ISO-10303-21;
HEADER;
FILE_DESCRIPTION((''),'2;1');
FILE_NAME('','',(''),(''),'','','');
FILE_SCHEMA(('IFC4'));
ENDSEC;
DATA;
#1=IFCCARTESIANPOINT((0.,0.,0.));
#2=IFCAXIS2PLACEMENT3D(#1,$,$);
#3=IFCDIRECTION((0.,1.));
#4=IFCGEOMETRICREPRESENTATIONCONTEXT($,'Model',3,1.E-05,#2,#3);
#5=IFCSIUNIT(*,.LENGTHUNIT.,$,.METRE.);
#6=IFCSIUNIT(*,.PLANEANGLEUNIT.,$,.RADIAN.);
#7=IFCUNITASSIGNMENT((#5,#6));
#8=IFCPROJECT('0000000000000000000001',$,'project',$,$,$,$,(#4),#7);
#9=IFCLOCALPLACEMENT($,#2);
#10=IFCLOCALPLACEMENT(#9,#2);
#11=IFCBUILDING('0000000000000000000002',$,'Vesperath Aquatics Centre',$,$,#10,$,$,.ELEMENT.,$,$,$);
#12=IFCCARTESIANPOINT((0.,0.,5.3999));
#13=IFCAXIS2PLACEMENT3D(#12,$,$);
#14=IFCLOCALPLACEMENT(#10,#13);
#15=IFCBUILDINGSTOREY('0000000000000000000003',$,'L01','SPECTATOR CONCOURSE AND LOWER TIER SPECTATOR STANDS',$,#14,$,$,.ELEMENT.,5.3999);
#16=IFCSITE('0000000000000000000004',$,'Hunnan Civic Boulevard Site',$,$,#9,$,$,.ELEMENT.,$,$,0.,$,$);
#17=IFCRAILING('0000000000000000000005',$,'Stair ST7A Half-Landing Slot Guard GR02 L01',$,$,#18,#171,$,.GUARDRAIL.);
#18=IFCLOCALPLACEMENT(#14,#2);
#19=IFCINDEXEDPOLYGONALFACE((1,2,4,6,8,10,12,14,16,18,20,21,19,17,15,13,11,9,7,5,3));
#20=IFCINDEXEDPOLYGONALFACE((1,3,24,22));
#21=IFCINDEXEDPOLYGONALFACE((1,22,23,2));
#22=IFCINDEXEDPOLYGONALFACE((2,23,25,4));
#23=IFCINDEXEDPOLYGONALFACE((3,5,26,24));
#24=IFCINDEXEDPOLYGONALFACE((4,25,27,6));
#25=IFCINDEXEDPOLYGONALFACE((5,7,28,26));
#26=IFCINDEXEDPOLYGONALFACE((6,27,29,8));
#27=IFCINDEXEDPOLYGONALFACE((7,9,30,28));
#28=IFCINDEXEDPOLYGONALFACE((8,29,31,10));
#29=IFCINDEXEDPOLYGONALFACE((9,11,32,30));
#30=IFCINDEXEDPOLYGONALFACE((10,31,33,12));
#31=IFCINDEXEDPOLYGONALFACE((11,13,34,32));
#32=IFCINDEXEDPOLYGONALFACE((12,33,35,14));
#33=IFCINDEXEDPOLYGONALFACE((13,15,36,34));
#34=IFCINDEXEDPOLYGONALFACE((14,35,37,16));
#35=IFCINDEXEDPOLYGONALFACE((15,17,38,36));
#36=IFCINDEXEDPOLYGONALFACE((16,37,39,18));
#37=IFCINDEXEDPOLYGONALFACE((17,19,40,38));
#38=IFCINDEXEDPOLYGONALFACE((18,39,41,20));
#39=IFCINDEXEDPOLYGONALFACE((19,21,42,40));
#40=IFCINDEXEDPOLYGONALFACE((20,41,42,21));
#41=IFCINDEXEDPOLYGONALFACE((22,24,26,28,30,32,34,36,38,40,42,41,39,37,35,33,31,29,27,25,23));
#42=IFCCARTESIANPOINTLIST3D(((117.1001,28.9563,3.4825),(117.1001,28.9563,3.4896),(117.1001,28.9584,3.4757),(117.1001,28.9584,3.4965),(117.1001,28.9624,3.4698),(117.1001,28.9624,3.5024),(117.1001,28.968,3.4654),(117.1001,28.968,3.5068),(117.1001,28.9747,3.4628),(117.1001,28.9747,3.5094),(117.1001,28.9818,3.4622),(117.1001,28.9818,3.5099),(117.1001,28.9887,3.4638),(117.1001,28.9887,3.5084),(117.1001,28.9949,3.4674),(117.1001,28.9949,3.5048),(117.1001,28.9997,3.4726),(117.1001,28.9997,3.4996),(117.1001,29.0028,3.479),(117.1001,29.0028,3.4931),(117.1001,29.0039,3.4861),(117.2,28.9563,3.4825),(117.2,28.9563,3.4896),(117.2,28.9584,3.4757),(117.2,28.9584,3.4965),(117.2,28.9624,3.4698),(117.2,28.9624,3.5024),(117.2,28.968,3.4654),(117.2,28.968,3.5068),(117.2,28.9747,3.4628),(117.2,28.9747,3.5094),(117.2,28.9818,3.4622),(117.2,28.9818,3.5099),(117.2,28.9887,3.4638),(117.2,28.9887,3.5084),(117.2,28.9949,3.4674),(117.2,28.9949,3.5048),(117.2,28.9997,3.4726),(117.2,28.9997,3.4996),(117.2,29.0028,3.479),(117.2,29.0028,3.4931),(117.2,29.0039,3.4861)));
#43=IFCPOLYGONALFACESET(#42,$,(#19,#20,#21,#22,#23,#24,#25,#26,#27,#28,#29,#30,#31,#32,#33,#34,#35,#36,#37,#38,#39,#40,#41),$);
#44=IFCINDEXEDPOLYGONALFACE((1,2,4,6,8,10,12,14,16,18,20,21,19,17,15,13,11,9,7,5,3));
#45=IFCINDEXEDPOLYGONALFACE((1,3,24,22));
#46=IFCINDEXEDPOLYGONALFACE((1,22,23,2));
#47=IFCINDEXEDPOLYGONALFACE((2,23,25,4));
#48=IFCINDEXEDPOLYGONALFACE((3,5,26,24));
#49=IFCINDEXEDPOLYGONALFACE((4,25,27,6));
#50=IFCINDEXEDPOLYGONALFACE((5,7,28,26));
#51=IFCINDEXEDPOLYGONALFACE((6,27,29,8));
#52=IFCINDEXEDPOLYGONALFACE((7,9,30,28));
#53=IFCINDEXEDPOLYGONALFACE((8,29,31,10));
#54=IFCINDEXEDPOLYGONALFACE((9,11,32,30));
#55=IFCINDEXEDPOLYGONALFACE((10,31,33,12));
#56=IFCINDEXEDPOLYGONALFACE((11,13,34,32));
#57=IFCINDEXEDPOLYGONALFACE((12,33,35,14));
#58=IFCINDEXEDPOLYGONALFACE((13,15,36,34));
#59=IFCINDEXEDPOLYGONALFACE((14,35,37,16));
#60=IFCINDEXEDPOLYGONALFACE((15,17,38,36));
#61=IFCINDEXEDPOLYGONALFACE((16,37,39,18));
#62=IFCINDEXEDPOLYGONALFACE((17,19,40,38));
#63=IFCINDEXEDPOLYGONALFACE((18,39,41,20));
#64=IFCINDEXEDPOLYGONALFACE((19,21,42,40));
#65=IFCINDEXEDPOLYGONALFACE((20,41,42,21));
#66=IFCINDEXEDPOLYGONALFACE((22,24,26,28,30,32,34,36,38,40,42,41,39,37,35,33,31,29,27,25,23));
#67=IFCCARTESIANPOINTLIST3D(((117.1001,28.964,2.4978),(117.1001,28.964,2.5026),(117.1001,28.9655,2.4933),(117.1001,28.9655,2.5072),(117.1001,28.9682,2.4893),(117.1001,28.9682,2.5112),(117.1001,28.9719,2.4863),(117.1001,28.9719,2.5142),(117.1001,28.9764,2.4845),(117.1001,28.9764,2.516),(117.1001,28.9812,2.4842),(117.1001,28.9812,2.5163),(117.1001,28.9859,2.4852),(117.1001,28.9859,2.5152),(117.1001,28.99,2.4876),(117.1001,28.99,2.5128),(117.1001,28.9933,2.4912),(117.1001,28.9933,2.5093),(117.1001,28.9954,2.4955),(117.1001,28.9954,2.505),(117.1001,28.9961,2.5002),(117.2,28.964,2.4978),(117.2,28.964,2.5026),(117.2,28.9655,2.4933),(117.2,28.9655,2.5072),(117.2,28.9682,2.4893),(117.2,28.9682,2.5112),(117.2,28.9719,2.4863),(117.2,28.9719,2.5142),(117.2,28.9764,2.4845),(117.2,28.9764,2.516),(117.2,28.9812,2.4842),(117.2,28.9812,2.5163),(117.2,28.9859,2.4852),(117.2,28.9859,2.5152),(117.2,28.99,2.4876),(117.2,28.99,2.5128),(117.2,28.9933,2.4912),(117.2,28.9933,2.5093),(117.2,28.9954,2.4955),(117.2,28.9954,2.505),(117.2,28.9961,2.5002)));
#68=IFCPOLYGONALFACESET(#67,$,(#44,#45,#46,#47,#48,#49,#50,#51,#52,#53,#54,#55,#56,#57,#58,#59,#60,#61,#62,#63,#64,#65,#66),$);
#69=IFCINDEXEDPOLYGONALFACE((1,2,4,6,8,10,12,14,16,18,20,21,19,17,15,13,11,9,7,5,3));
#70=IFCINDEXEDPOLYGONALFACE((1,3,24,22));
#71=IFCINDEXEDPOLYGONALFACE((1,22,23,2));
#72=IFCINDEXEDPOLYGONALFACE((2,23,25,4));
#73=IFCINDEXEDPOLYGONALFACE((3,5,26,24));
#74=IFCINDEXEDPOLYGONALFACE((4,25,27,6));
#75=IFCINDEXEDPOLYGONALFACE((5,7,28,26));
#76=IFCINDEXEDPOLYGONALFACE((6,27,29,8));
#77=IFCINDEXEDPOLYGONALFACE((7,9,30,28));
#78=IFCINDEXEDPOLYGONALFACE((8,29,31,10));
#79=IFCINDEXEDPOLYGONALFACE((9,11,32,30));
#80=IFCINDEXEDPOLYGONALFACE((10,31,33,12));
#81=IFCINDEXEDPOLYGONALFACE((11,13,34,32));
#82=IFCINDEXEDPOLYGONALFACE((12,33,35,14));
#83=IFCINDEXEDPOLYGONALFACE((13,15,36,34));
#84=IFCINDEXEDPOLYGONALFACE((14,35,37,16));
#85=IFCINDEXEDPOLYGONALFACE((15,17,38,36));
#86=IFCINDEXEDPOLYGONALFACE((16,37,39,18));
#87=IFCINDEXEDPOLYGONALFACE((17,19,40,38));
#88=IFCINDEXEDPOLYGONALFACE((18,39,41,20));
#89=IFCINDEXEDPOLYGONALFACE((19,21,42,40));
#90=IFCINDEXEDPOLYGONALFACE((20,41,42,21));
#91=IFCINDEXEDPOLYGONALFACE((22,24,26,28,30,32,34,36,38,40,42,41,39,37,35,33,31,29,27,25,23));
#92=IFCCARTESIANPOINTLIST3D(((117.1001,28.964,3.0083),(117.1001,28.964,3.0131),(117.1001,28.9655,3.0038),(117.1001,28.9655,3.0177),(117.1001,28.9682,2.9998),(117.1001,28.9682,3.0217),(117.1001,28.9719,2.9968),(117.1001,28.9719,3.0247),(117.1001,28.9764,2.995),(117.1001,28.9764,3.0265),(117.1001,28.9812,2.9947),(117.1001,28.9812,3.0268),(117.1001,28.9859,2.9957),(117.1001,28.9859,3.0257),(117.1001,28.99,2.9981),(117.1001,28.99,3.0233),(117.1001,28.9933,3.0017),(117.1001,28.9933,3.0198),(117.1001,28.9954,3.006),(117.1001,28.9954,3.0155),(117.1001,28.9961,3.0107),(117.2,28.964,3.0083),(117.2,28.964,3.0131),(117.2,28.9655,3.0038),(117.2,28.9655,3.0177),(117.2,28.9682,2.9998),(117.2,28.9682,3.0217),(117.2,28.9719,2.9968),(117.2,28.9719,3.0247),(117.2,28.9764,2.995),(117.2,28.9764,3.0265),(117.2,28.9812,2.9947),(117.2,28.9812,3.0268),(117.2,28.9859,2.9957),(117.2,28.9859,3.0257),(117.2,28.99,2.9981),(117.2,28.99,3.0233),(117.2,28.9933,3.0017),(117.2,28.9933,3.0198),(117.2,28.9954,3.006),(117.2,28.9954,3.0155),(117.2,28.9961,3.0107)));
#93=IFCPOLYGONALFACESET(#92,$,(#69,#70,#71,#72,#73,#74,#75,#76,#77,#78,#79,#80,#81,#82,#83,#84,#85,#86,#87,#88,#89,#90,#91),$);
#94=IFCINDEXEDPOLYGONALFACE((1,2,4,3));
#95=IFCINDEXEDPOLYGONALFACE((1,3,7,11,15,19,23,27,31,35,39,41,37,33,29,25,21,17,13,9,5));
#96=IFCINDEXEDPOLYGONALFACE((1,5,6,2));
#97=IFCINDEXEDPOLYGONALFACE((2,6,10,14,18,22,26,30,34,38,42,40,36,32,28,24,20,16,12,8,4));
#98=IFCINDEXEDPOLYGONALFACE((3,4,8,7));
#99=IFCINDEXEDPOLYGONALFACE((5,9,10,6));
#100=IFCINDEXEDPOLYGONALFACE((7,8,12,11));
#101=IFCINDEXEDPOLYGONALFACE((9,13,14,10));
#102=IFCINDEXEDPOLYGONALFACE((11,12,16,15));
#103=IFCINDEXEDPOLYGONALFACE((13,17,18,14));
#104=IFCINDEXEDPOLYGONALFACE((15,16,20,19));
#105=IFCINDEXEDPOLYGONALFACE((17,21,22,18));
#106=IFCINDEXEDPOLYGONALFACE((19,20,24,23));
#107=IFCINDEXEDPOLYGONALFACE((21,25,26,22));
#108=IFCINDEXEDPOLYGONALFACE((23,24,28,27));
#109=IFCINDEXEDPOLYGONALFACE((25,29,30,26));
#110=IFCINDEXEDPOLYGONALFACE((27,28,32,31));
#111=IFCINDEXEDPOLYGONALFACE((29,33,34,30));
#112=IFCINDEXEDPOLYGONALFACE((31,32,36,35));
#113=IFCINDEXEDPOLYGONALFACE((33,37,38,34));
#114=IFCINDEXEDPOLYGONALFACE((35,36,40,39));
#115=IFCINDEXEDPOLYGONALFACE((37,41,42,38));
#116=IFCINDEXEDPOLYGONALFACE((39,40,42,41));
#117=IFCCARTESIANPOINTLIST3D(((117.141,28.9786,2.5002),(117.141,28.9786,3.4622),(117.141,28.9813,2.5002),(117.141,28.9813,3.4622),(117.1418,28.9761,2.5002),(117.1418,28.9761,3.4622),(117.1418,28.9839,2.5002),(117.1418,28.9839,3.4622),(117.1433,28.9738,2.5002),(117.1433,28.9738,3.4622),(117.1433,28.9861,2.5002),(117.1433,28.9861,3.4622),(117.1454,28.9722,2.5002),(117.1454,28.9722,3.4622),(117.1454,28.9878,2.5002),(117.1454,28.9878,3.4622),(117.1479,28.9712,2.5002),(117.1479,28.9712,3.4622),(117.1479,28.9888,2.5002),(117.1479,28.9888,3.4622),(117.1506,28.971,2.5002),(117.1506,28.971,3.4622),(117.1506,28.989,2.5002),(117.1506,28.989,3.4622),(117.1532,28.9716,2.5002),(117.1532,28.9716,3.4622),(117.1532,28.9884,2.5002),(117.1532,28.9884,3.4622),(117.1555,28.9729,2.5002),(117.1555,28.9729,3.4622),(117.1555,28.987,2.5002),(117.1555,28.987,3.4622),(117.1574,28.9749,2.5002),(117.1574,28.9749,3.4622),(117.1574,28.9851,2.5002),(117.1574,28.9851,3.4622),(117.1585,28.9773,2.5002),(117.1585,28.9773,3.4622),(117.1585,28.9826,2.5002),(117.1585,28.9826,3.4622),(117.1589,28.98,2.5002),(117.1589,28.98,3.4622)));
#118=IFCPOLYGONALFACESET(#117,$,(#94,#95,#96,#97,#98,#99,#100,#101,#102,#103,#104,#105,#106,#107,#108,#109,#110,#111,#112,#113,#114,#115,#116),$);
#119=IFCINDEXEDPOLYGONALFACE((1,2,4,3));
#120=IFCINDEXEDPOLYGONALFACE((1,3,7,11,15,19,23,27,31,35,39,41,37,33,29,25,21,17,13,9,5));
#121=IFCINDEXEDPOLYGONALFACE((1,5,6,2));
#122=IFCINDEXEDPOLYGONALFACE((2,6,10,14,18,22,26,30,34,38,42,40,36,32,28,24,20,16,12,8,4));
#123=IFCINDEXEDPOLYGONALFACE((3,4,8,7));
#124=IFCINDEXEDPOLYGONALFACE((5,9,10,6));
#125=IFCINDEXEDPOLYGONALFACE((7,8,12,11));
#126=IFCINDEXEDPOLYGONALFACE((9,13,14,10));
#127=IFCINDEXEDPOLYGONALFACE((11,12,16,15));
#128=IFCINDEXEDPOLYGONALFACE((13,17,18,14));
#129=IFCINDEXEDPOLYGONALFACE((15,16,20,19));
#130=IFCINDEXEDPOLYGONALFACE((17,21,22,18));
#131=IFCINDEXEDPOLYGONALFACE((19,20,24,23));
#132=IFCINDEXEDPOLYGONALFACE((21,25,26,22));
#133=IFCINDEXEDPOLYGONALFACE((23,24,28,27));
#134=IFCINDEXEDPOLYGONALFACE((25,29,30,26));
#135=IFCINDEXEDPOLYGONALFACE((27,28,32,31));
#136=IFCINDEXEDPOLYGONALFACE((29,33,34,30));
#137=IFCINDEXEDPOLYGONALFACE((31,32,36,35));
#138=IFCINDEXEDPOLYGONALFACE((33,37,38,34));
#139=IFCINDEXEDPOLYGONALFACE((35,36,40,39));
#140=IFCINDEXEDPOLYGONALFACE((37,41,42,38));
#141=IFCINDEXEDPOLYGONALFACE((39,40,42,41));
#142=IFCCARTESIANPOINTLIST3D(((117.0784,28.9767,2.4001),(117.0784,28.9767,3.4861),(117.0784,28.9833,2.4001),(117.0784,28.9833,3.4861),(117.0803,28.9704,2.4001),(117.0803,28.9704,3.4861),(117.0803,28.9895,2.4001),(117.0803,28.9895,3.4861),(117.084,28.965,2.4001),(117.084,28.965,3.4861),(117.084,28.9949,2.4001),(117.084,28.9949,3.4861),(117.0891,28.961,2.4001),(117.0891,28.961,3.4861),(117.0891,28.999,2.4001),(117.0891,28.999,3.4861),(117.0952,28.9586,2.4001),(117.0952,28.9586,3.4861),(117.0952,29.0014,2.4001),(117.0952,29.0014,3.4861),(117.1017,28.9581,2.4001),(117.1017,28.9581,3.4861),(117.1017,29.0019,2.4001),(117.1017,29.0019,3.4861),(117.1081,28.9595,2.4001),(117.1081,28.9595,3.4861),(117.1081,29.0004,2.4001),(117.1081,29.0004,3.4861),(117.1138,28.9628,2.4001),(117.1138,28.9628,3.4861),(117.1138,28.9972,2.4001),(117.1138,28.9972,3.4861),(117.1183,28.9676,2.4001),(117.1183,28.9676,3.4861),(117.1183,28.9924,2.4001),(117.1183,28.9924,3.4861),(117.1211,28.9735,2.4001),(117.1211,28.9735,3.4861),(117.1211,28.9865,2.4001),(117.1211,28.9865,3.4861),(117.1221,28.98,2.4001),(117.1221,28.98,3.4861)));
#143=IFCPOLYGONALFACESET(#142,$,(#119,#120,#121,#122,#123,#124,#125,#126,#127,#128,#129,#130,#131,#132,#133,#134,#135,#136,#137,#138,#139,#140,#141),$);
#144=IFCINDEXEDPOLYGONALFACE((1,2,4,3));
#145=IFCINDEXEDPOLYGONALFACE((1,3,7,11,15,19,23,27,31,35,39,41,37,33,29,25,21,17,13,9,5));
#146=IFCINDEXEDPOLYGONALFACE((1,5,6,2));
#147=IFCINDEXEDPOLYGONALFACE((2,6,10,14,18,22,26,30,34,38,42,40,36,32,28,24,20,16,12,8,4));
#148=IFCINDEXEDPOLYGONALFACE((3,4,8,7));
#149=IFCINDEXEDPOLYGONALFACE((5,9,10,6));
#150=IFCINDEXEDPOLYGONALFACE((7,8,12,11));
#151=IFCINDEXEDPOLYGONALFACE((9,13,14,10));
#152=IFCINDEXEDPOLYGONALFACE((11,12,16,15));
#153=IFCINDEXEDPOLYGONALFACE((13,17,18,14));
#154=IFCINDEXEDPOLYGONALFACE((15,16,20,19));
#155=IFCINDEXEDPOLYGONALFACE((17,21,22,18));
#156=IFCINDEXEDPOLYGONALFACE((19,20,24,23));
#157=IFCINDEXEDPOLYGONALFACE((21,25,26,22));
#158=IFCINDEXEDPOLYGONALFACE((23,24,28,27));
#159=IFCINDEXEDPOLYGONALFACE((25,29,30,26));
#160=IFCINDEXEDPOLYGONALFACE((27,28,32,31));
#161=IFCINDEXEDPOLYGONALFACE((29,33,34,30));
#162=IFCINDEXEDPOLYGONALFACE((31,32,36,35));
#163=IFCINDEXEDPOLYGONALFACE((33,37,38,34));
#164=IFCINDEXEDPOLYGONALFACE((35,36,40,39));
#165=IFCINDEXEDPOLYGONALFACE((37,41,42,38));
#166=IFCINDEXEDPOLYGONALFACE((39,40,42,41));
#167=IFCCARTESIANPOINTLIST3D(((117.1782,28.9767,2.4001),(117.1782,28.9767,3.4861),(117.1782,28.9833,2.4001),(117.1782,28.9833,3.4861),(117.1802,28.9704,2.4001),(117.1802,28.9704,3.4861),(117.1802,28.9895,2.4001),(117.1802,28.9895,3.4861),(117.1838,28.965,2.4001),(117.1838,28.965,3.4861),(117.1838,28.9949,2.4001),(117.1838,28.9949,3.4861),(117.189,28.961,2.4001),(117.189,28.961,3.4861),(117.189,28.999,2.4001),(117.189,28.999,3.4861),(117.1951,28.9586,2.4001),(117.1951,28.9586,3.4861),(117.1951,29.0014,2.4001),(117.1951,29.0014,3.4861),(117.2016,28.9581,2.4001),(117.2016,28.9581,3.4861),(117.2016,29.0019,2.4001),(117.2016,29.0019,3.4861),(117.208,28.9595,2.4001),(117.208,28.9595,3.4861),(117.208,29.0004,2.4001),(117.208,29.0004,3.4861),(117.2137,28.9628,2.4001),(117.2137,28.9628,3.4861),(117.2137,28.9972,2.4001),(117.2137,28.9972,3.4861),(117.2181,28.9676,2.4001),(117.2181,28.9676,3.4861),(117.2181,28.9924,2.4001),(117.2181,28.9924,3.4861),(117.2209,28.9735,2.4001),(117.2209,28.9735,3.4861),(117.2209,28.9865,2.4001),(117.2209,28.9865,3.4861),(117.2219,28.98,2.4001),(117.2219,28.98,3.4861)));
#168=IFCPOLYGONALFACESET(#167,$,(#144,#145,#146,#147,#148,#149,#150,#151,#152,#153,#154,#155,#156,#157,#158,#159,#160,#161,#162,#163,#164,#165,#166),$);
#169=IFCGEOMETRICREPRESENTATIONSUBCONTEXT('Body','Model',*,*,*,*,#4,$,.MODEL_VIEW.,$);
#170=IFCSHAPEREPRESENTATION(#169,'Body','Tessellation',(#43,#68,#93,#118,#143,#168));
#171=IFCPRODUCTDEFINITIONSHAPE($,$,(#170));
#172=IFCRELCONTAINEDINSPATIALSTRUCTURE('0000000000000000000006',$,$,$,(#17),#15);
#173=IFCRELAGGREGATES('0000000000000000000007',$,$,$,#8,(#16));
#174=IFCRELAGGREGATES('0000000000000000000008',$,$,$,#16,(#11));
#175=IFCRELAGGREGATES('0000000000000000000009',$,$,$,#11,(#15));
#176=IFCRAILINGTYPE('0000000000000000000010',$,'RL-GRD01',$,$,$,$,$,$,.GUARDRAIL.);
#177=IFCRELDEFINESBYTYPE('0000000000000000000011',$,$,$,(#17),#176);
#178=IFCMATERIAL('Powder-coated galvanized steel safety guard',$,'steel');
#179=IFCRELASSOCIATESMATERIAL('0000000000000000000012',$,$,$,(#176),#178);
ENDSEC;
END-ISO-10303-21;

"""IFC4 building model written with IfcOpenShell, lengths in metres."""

from ifc_helpers import new_model, si_unit, direction, frame, origin, origin_2d, place, context, subcontext, project, spatial, circle, extrude, material, type_object, element, save


model = new_model("IFC4")

# Units and contexts
model_context = context("Model", 3, precision=1e-05, world=origin(), true_north=direction((0.0, 1.0)))
body_context = subcontext(model_context, "Body", "Model", "MODEL_VIEW")
ifc_project = project(units=[si_unit("LENGTHUNIT", "METRE"), si_unit("PLANEANGLEUNIT", "RADIAN")], contexts=[model_context])

# Site, building, storey
site_placement = place(None, origin())
site = spatial("IfcSite", under=ifc_project, at=site_placement, Name="Hunnan Civic Boulevard Site", CompositionType="ELEMENT", RefElevation=0.0)
building_placement = place(site_placement, origin())
building = spatial("IfcBuilding", under=site, at=building_placement, Name="Vesperath Aquatics Centre", CompositionType="ELEMENT")
storey_placement = place(building_placement, frame((0.0, 0.0, 5.3999)))
storey = spatial("IfcBuildingStorey", under=building, at=storey_placement, Name="L01", Description="SPECTATOR CONCOURSE AND LOWER TIER SPECTATOR STANDS", CompositionType="ELEMENT", Elevation=5.3999)

# Railing
ifc_material_1 = material(Name="Powder-coated galvanized steel safety guard", Category="steel")
railing_type_1 = type_object("IfcRailingType", Name="RL-GRD01", PredefinedType="GUARDRAIL", material=ifc_material_1)
railing_1_placement = place(storey_placement, frame((117.1001, 28.98, 2.4001)))
element("IfcRailing", 1, at=railing_1_placement, inside=storey, type_object=railing_type_1, Name="Stair ST7A Half-Landing Slot Guard GR02 L01", PredefinedType="GUARDRAIL", context=body_context, shape_type="SweptSolid", body=[
    extrude(circle(Radius=0.0239, at=origin_2d()), frame((0.0, 0.0, 1.0859), z_axis=(1.0, 0.0, 0.0), x_axis=(0.0, 1.0, 0.0)), (0.0, 0.0, 1.0), 0.0999),
    extrude(circle(Radius=0.0161, at=origin_2d()), frame((0.0, 0.0, 0.1001), z_axis=(1.0, 0.0, 0.0), x_axis=(0.0, 1.0, 0.0)), (0.0, 0.0, 1.0), 0.0999),
    extrude(circle(Radius=0.0161, at=origin_2d()), frame((0.0, 0.0, 0.6106), z_axis=(1.0, 0.0, 0.0), x_axis=(0.0, 1.0, 0.0)), (0.0, 0.0, 1.0), 0.0999),
    extrude(circle(Radius=0.009, at=origin_2d()), frame((0.0498, 0.0, 0.1001)), (0.0, 0.0, 1.0), 0.9619),
    extrude(circle(Radius=0.022, at=origin_2d()), origin(), (0.0, 0.0, 1.0), 1.0859),
    extrude(circle(Radius=0.022, at=origin_2d()), frame((0.0999, 0.0, 0.0)), (0.0, 0.0, 1.0), 1.0859),
])

save(model, "model.ifc")
